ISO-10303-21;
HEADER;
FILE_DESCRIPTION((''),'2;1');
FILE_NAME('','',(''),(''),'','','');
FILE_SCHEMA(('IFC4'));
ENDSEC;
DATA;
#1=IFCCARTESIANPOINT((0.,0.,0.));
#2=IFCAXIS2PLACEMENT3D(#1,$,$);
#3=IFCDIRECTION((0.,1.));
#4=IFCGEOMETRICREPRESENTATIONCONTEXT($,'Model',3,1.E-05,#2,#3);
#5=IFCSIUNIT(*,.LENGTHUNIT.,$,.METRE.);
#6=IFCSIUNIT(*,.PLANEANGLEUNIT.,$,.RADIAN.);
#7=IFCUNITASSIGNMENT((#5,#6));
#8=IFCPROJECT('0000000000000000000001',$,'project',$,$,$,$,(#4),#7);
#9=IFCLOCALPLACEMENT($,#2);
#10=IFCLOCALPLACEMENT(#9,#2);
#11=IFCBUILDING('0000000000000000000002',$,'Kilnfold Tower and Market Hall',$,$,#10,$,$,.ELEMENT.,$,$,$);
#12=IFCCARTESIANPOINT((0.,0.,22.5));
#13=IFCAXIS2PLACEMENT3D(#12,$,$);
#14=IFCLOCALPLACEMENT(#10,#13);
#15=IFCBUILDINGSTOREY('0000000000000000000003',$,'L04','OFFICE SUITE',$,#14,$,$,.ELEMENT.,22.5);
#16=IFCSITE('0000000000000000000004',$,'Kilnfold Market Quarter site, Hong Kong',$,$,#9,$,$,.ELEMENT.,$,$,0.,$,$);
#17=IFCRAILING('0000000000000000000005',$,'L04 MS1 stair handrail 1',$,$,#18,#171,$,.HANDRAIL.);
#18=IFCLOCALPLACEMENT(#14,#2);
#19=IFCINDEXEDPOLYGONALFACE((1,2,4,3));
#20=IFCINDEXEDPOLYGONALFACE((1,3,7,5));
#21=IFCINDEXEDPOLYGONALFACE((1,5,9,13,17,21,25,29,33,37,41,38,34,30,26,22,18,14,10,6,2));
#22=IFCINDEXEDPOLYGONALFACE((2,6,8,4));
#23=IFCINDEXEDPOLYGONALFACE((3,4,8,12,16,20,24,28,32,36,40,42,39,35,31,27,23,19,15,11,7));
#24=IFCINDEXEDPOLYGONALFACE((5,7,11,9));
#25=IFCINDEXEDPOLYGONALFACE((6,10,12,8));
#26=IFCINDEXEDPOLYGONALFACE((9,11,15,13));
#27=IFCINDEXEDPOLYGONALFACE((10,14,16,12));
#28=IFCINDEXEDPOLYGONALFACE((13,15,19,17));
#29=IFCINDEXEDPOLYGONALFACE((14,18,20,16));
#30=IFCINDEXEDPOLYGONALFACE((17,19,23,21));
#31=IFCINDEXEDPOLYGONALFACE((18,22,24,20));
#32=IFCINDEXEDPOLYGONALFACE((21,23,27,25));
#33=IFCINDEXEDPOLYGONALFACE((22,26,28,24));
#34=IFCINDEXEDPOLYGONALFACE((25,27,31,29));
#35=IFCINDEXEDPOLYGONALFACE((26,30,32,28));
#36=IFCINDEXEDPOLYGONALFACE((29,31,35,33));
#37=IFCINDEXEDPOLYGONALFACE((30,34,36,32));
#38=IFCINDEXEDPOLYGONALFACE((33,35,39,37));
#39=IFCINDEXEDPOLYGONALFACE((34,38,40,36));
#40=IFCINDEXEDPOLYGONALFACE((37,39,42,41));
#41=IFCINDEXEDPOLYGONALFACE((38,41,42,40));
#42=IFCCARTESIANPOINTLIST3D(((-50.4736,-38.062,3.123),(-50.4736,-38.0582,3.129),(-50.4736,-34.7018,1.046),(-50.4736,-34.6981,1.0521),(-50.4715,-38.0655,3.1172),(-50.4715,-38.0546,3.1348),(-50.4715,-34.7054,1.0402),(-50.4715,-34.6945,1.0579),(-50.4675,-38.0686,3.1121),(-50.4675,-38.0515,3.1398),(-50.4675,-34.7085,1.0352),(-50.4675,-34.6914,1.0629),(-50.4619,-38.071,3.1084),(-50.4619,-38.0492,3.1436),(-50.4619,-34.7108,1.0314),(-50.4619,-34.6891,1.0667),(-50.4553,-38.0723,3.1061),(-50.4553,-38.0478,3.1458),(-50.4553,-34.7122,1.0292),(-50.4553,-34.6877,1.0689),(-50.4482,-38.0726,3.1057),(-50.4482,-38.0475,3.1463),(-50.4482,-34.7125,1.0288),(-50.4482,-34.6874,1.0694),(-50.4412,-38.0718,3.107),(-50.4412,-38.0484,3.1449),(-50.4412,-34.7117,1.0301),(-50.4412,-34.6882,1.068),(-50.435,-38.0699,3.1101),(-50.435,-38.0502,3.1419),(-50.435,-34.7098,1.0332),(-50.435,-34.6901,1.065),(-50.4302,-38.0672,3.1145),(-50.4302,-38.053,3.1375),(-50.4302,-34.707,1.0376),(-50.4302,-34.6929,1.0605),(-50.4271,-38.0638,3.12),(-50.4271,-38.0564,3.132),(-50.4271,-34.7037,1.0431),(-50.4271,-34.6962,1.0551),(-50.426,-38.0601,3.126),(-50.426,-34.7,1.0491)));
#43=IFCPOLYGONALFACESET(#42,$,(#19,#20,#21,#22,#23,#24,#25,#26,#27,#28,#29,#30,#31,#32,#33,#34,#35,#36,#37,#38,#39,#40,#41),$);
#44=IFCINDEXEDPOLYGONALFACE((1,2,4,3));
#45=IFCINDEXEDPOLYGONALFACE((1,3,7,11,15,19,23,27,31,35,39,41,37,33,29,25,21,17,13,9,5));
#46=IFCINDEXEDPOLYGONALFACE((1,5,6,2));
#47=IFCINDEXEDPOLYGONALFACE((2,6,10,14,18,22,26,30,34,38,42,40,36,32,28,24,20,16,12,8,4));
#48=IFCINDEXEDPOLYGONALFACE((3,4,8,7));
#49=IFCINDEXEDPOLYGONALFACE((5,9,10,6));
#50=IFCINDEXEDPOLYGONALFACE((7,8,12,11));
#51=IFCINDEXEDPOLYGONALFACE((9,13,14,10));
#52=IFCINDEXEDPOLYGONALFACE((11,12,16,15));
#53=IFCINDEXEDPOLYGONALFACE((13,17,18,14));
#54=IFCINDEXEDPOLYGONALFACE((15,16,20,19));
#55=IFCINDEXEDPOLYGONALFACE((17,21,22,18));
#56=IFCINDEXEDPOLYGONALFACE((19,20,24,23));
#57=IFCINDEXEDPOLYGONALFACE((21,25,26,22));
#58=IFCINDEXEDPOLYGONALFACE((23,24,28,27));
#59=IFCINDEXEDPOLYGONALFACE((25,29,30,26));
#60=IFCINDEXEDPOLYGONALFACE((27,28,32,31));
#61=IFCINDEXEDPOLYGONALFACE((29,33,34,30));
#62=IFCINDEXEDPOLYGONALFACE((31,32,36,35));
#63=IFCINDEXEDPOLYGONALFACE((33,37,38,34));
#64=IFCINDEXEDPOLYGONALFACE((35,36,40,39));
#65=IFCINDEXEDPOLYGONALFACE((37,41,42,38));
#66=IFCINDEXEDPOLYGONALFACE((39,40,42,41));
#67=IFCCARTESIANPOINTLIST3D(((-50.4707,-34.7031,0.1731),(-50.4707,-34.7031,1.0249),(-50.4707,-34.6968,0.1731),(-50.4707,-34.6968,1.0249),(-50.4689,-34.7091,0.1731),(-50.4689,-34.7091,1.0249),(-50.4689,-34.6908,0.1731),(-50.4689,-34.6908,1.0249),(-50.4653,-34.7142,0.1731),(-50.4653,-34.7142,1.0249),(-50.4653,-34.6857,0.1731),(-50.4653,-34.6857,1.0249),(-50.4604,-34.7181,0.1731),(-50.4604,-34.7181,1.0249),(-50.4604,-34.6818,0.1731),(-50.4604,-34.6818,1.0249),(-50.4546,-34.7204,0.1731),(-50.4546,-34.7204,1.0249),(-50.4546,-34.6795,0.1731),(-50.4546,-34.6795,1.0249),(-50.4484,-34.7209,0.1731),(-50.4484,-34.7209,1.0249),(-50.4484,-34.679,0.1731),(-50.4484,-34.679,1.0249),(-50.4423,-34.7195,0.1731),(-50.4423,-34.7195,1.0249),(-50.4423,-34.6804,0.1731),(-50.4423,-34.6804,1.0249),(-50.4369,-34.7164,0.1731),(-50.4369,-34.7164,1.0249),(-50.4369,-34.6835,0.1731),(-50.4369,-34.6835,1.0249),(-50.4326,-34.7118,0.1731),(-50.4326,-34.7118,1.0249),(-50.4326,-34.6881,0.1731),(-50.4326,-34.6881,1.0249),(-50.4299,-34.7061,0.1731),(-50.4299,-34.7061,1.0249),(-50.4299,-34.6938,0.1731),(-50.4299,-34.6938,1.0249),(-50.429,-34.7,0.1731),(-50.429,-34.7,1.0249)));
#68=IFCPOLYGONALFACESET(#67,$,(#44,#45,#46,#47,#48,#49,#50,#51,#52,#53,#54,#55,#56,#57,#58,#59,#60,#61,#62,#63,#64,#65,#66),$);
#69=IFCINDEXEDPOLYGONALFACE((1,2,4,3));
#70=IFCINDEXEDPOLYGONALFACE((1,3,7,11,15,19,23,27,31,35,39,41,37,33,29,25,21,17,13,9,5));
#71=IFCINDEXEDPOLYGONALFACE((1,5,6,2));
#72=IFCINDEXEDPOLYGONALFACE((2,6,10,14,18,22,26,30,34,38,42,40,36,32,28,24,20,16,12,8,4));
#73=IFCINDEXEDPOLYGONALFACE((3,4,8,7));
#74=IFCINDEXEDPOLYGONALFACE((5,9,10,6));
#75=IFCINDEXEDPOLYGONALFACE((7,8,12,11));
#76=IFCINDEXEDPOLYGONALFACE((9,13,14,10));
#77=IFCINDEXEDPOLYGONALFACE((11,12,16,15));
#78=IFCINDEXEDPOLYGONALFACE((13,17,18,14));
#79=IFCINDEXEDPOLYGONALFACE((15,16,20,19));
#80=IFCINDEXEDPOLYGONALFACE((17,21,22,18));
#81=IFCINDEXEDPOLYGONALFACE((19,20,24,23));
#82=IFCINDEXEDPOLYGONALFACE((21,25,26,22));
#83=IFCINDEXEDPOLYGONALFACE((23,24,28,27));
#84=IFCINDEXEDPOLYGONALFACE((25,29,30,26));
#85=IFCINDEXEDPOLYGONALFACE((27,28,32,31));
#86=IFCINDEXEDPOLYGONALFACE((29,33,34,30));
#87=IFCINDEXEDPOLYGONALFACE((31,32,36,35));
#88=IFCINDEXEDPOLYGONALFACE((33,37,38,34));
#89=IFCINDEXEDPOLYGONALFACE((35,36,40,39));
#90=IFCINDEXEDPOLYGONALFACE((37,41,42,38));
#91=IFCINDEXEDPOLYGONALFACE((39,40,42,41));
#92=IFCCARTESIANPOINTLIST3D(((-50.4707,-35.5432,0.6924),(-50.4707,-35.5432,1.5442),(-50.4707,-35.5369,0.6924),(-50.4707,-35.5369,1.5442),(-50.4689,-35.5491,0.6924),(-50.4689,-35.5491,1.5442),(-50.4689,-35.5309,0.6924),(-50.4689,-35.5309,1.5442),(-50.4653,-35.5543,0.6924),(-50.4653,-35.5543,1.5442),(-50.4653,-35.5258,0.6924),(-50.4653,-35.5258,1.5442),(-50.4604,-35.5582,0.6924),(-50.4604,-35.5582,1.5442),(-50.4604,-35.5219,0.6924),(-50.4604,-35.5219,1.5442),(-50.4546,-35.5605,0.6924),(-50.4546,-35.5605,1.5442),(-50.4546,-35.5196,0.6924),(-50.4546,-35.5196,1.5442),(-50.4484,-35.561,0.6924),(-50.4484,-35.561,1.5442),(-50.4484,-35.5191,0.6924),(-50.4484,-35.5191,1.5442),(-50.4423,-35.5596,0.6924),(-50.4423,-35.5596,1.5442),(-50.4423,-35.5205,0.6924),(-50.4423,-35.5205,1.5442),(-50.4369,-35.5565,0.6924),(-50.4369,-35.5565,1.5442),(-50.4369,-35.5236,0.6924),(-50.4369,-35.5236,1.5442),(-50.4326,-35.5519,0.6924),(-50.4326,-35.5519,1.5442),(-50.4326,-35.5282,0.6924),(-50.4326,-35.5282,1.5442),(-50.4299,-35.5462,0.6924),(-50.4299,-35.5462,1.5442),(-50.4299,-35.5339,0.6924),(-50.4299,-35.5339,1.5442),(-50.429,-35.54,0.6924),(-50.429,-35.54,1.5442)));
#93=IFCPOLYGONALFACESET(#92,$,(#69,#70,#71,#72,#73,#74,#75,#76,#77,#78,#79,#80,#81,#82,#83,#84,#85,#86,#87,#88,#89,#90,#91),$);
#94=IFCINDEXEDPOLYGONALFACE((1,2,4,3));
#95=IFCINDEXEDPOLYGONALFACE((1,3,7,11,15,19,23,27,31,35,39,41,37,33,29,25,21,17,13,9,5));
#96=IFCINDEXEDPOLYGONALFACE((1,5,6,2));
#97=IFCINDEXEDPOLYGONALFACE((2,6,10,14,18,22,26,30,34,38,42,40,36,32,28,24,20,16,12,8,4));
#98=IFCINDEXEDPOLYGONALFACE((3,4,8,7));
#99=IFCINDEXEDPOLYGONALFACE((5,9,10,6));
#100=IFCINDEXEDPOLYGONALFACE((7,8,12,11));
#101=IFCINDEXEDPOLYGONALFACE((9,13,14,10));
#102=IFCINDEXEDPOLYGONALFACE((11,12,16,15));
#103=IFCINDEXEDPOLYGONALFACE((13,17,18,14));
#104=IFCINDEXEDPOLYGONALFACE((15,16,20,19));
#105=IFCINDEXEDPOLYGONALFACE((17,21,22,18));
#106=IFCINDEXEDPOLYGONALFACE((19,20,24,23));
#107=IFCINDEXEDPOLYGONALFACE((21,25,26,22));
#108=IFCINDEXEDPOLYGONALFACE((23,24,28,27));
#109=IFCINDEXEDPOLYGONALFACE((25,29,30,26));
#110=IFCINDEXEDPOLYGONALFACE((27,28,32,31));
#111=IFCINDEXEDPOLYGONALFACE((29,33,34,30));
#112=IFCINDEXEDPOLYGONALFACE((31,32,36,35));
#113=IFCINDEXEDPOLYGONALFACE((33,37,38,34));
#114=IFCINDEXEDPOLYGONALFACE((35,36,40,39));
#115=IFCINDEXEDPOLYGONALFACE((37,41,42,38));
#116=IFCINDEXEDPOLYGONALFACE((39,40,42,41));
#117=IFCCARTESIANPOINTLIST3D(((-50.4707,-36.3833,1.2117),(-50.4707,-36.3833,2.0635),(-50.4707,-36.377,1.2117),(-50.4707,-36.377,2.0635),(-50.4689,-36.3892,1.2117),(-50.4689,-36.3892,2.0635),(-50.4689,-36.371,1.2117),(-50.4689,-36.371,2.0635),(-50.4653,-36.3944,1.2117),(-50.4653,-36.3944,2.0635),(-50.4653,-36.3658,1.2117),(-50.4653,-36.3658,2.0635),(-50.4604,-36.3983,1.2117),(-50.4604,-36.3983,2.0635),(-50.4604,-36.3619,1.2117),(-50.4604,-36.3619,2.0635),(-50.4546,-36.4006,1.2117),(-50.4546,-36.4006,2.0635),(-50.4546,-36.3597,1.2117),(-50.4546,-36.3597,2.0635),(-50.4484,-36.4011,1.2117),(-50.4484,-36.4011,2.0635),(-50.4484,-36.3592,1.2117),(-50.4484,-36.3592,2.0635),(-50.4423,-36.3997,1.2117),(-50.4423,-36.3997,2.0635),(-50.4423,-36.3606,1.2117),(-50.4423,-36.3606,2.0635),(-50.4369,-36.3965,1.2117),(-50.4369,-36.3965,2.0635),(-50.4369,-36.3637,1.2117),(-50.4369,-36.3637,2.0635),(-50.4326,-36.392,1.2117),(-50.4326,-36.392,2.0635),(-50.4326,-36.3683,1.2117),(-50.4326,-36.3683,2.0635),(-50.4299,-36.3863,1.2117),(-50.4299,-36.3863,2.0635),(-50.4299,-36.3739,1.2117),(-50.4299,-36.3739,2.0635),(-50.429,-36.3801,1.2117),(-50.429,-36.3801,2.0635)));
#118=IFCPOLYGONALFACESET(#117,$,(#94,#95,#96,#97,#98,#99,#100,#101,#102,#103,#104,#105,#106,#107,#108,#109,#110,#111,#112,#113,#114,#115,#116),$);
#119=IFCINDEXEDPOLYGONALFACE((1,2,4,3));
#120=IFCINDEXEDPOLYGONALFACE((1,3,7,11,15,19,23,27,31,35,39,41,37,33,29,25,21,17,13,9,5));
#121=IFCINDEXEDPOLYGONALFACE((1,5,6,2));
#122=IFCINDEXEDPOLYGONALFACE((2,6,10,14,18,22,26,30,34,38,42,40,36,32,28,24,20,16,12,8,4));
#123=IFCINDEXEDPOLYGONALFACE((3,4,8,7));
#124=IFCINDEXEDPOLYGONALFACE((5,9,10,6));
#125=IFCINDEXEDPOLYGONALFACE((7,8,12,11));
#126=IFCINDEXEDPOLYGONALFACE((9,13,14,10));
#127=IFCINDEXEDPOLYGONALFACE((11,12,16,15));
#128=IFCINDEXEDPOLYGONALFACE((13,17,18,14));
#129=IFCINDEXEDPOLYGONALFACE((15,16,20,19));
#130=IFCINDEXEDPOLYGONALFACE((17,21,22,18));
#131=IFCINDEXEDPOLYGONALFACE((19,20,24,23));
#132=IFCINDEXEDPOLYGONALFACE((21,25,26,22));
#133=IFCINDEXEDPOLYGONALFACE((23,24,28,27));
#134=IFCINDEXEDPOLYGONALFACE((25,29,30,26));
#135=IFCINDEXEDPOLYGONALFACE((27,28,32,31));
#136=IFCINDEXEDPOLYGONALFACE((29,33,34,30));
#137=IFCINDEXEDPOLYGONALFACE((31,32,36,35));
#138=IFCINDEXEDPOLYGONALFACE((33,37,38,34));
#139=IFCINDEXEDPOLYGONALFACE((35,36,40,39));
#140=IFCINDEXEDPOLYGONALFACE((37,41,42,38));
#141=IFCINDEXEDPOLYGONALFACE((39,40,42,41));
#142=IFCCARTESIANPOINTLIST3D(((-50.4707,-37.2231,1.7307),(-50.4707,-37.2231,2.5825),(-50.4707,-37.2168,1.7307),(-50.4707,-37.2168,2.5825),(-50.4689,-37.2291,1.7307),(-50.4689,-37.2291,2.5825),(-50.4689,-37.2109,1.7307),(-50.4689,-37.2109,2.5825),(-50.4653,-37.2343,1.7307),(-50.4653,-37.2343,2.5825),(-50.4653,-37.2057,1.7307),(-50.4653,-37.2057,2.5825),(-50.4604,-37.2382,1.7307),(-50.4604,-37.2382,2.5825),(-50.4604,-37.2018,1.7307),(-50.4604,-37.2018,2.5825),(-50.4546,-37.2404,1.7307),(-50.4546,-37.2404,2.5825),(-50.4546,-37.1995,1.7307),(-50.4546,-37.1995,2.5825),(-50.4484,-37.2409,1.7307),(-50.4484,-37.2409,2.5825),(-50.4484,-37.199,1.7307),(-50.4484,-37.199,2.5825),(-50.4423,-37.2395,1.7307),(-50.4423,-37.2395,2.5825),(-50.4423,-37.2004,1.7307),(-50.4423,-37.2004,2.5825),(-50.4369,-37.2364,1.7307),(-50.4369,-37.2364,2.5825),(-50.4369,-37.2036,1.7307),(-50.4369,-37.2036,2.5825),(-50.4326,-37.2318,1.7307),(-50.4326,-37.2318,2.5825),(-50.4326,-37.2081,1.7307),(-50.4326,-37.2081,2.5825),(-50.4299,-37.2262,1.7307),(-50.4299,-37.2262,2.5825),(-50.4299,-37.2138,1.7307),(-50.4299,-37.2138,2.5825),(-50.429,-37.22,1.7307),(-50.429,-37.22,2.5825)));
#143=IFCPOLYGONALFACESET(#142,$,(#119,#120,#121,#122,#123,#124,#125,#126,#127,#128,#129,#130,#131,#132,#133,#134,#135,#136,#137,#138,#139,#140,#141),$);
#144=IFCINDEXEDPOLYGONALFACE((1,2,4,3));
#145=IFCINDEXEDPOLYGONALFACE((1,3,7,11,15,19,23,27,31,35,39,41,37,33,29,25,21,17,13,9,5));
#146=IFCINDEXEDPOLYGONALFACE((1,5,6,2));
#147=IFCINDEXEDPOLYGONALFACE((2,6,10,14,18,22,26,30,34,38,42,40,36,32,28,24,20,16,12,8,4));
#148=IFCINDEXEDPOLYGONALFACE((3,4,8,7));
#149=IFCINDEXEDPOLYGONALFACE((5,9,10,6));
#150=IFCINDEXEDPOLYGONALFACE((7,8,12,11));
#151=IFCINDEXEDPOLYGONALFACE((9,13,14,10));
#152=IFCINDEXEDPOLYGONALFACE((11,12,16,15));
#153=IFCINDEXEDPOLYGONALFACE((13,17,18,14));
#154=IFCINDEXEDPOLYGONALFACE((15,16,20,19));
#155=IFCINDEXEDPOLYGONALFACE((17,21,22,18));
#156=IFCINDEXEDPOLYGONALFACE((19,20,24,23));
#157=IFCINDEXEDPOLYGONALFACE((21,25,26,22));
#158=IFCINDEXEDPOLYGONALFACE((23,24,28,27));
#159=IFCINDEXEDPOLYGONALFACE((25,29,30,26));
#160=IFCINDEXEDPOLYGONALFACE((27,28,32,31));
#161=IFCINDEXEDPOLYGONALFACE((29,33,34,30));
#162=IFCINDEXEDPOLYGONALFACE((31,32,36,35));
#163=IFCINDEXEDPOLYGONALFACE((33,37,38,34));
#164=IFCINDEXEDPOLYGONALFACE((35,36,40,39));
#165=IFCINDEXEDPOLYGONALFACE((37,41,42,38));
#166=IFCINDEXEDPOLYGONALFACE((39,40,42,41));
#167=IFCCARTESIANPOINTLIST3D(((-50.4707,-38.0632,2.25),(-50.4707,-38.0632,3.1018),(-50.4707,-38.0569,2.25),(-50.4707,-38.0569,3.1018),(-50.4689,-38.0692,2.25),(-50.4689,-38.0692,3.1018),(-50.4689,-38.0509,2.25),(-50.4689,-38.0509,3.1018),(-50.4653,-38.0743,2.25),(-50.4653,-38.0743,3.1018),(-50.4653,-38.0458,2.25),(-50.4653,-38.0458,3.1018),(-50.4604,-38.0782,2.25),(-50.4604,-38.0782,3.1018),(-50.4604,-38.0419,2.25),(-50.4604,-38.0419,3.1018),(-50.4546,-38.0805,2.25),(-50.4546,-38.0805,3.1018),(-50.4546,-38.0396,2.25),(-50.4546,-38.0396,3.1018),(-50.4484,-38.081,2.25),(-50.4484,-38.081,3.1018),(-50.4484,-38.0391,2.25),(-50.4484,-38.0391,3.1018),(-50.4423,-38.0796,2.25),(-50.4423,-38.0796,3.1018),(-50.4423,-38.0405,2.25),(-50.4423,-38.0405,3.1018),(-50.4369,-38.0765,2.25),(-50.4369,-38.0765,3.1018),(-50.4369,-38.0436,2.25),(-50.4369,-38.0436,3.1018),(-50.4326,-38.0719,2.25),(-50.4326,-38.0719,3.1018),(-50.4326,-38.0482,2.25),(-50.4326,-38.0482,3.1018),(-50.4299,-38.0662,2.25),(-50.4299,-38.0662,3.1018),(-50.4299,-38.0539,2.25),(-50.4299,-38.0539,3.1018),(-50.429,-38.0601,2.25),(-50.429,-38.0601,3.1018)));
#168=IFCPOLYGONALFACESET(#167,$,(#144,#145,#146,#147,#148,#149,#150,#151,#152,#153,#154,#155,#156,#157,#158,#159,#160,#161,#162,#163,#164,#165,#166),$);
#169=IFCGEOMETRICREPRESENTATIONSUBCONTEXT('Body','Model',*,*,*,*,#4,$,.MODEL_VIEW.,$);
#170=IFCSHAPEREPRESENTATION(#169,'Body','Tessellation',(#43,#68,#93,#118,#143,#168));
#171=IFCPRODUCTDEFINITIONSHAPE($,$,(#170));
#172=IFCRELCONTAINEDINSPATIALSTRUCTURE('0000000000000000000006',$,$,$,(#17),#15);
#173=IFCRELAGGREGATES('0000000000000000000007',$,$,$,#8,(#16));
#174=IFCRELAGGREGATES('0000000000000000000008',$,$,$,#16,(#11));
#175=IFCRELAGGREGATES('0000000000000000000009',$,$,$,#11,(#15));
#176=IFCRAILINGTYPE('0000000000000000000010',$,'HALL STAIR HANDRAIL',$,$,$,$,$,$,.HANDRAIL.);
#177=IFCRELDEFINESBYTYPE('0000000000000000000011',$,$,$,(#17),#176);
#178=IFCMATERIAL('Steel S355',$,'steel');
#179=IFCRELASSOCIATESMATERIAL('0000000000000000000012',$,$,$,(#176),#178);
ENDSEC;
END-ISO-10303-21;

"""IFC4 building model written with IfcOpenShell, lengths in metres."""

from ifc_helpers import new_model, si_unit, direction, frame, origin, origin_2d, place, context, subcontext, project, spatial, circle, extrude, material, type_object, element, save


model = new_model("IFC4")

# Units and contexts
model_context = context("Model", 3, precision=1e-05, world=origin(), true_north=direction((0.0, 1.0)))
body_context = subcontext(model_context, "Body", "Model", "MODEL_VIEW")
ifc_project = project(units=[si_unit("LENGTHUNIT", "METRE"), si_unit("PLANEANGLEUNIT", "RADIAN")], contexts=[model_context])

# Site, building, storey
site_placement = place(None, origin())
site = spatial("IfcSite", under=ifc_project, at=site_placement, Name="Kilnfold Market Quarter site, Hong Kong", CompositionType="ELEMENT", RefElevation=0.0)
building_placement = place(site_placement, origin())
building = spatial("IfcBuilding", under=site, at=building_placement, Name="Kilnfold Tower and Market Hall", CompositionType="ELEMENT")
storey_placement = place(building_placement, frame((0.0, 0.0, 22.5)))
storey = spatial("IfcBuildingStorey", under=building, at=storey_placement, Name="L04", Description="OFFICE SUITE", CompositionType="ELEMENT", Elevation=22.5)

# Railing
ifc_material_1 = material(Name="Steel S355", Category="steel")
railing_type_1 = type_object("IfcRailingType", Name="HALL STAIR HANDRAIL", PredefinedType="HANDRAIL", material=ifc_material_1)
railing_1_placement = place(storey_placement, frame((-50.45, -34.7, 0.1731)))
element("IfcRailing", 1, at=railing_1_placement, inside=storey, type_object=railing_type_1, Name="L04 MS1 stair handrail 1", PredefinedType="HANDRAIL", context=body_context, shape_type="SweptSolid", body=[
    extrude(circle(Radius=0.0239, at=origin_2d()), frame((0.0, 0.0, 0.876), z_axis=(0.0, -0.850623, 0.525776), x_axis=(1.0, 0.0, 0.0)), (0.0, 0.0, 1.0), 3.9502),
    extrude(circle(Radius=0.021, at=origin_2d()), origin(), (0.0, 0.0, 1.0), 0.8518),
    extrude(circle(Radius=0.021, at=origin_2d()), frame((0.0, -0.8401, 0.5193)), (0.0, 0.0, 1.0), 0.8518),
    extrude(circle(Radius=0.021, at=origin_2d()), frame((0.0, -1.6802, 1.0386)), (0.0, 0.0, 1.0), 0.8518),
    extrude(circle(Radius=0.021, at=origin_2d()), frame((0.0, -2.52, 1.5576)), (0.0, 0.0, 1.0), 0.8518),
    extrude(circle(Radius=0.021, at=origin_2d()), frame((0.0, -3.3601, 2.0769)), (0.0, 0.0, 1.0), 0.8518),
])

save(model, "model.ifc")
